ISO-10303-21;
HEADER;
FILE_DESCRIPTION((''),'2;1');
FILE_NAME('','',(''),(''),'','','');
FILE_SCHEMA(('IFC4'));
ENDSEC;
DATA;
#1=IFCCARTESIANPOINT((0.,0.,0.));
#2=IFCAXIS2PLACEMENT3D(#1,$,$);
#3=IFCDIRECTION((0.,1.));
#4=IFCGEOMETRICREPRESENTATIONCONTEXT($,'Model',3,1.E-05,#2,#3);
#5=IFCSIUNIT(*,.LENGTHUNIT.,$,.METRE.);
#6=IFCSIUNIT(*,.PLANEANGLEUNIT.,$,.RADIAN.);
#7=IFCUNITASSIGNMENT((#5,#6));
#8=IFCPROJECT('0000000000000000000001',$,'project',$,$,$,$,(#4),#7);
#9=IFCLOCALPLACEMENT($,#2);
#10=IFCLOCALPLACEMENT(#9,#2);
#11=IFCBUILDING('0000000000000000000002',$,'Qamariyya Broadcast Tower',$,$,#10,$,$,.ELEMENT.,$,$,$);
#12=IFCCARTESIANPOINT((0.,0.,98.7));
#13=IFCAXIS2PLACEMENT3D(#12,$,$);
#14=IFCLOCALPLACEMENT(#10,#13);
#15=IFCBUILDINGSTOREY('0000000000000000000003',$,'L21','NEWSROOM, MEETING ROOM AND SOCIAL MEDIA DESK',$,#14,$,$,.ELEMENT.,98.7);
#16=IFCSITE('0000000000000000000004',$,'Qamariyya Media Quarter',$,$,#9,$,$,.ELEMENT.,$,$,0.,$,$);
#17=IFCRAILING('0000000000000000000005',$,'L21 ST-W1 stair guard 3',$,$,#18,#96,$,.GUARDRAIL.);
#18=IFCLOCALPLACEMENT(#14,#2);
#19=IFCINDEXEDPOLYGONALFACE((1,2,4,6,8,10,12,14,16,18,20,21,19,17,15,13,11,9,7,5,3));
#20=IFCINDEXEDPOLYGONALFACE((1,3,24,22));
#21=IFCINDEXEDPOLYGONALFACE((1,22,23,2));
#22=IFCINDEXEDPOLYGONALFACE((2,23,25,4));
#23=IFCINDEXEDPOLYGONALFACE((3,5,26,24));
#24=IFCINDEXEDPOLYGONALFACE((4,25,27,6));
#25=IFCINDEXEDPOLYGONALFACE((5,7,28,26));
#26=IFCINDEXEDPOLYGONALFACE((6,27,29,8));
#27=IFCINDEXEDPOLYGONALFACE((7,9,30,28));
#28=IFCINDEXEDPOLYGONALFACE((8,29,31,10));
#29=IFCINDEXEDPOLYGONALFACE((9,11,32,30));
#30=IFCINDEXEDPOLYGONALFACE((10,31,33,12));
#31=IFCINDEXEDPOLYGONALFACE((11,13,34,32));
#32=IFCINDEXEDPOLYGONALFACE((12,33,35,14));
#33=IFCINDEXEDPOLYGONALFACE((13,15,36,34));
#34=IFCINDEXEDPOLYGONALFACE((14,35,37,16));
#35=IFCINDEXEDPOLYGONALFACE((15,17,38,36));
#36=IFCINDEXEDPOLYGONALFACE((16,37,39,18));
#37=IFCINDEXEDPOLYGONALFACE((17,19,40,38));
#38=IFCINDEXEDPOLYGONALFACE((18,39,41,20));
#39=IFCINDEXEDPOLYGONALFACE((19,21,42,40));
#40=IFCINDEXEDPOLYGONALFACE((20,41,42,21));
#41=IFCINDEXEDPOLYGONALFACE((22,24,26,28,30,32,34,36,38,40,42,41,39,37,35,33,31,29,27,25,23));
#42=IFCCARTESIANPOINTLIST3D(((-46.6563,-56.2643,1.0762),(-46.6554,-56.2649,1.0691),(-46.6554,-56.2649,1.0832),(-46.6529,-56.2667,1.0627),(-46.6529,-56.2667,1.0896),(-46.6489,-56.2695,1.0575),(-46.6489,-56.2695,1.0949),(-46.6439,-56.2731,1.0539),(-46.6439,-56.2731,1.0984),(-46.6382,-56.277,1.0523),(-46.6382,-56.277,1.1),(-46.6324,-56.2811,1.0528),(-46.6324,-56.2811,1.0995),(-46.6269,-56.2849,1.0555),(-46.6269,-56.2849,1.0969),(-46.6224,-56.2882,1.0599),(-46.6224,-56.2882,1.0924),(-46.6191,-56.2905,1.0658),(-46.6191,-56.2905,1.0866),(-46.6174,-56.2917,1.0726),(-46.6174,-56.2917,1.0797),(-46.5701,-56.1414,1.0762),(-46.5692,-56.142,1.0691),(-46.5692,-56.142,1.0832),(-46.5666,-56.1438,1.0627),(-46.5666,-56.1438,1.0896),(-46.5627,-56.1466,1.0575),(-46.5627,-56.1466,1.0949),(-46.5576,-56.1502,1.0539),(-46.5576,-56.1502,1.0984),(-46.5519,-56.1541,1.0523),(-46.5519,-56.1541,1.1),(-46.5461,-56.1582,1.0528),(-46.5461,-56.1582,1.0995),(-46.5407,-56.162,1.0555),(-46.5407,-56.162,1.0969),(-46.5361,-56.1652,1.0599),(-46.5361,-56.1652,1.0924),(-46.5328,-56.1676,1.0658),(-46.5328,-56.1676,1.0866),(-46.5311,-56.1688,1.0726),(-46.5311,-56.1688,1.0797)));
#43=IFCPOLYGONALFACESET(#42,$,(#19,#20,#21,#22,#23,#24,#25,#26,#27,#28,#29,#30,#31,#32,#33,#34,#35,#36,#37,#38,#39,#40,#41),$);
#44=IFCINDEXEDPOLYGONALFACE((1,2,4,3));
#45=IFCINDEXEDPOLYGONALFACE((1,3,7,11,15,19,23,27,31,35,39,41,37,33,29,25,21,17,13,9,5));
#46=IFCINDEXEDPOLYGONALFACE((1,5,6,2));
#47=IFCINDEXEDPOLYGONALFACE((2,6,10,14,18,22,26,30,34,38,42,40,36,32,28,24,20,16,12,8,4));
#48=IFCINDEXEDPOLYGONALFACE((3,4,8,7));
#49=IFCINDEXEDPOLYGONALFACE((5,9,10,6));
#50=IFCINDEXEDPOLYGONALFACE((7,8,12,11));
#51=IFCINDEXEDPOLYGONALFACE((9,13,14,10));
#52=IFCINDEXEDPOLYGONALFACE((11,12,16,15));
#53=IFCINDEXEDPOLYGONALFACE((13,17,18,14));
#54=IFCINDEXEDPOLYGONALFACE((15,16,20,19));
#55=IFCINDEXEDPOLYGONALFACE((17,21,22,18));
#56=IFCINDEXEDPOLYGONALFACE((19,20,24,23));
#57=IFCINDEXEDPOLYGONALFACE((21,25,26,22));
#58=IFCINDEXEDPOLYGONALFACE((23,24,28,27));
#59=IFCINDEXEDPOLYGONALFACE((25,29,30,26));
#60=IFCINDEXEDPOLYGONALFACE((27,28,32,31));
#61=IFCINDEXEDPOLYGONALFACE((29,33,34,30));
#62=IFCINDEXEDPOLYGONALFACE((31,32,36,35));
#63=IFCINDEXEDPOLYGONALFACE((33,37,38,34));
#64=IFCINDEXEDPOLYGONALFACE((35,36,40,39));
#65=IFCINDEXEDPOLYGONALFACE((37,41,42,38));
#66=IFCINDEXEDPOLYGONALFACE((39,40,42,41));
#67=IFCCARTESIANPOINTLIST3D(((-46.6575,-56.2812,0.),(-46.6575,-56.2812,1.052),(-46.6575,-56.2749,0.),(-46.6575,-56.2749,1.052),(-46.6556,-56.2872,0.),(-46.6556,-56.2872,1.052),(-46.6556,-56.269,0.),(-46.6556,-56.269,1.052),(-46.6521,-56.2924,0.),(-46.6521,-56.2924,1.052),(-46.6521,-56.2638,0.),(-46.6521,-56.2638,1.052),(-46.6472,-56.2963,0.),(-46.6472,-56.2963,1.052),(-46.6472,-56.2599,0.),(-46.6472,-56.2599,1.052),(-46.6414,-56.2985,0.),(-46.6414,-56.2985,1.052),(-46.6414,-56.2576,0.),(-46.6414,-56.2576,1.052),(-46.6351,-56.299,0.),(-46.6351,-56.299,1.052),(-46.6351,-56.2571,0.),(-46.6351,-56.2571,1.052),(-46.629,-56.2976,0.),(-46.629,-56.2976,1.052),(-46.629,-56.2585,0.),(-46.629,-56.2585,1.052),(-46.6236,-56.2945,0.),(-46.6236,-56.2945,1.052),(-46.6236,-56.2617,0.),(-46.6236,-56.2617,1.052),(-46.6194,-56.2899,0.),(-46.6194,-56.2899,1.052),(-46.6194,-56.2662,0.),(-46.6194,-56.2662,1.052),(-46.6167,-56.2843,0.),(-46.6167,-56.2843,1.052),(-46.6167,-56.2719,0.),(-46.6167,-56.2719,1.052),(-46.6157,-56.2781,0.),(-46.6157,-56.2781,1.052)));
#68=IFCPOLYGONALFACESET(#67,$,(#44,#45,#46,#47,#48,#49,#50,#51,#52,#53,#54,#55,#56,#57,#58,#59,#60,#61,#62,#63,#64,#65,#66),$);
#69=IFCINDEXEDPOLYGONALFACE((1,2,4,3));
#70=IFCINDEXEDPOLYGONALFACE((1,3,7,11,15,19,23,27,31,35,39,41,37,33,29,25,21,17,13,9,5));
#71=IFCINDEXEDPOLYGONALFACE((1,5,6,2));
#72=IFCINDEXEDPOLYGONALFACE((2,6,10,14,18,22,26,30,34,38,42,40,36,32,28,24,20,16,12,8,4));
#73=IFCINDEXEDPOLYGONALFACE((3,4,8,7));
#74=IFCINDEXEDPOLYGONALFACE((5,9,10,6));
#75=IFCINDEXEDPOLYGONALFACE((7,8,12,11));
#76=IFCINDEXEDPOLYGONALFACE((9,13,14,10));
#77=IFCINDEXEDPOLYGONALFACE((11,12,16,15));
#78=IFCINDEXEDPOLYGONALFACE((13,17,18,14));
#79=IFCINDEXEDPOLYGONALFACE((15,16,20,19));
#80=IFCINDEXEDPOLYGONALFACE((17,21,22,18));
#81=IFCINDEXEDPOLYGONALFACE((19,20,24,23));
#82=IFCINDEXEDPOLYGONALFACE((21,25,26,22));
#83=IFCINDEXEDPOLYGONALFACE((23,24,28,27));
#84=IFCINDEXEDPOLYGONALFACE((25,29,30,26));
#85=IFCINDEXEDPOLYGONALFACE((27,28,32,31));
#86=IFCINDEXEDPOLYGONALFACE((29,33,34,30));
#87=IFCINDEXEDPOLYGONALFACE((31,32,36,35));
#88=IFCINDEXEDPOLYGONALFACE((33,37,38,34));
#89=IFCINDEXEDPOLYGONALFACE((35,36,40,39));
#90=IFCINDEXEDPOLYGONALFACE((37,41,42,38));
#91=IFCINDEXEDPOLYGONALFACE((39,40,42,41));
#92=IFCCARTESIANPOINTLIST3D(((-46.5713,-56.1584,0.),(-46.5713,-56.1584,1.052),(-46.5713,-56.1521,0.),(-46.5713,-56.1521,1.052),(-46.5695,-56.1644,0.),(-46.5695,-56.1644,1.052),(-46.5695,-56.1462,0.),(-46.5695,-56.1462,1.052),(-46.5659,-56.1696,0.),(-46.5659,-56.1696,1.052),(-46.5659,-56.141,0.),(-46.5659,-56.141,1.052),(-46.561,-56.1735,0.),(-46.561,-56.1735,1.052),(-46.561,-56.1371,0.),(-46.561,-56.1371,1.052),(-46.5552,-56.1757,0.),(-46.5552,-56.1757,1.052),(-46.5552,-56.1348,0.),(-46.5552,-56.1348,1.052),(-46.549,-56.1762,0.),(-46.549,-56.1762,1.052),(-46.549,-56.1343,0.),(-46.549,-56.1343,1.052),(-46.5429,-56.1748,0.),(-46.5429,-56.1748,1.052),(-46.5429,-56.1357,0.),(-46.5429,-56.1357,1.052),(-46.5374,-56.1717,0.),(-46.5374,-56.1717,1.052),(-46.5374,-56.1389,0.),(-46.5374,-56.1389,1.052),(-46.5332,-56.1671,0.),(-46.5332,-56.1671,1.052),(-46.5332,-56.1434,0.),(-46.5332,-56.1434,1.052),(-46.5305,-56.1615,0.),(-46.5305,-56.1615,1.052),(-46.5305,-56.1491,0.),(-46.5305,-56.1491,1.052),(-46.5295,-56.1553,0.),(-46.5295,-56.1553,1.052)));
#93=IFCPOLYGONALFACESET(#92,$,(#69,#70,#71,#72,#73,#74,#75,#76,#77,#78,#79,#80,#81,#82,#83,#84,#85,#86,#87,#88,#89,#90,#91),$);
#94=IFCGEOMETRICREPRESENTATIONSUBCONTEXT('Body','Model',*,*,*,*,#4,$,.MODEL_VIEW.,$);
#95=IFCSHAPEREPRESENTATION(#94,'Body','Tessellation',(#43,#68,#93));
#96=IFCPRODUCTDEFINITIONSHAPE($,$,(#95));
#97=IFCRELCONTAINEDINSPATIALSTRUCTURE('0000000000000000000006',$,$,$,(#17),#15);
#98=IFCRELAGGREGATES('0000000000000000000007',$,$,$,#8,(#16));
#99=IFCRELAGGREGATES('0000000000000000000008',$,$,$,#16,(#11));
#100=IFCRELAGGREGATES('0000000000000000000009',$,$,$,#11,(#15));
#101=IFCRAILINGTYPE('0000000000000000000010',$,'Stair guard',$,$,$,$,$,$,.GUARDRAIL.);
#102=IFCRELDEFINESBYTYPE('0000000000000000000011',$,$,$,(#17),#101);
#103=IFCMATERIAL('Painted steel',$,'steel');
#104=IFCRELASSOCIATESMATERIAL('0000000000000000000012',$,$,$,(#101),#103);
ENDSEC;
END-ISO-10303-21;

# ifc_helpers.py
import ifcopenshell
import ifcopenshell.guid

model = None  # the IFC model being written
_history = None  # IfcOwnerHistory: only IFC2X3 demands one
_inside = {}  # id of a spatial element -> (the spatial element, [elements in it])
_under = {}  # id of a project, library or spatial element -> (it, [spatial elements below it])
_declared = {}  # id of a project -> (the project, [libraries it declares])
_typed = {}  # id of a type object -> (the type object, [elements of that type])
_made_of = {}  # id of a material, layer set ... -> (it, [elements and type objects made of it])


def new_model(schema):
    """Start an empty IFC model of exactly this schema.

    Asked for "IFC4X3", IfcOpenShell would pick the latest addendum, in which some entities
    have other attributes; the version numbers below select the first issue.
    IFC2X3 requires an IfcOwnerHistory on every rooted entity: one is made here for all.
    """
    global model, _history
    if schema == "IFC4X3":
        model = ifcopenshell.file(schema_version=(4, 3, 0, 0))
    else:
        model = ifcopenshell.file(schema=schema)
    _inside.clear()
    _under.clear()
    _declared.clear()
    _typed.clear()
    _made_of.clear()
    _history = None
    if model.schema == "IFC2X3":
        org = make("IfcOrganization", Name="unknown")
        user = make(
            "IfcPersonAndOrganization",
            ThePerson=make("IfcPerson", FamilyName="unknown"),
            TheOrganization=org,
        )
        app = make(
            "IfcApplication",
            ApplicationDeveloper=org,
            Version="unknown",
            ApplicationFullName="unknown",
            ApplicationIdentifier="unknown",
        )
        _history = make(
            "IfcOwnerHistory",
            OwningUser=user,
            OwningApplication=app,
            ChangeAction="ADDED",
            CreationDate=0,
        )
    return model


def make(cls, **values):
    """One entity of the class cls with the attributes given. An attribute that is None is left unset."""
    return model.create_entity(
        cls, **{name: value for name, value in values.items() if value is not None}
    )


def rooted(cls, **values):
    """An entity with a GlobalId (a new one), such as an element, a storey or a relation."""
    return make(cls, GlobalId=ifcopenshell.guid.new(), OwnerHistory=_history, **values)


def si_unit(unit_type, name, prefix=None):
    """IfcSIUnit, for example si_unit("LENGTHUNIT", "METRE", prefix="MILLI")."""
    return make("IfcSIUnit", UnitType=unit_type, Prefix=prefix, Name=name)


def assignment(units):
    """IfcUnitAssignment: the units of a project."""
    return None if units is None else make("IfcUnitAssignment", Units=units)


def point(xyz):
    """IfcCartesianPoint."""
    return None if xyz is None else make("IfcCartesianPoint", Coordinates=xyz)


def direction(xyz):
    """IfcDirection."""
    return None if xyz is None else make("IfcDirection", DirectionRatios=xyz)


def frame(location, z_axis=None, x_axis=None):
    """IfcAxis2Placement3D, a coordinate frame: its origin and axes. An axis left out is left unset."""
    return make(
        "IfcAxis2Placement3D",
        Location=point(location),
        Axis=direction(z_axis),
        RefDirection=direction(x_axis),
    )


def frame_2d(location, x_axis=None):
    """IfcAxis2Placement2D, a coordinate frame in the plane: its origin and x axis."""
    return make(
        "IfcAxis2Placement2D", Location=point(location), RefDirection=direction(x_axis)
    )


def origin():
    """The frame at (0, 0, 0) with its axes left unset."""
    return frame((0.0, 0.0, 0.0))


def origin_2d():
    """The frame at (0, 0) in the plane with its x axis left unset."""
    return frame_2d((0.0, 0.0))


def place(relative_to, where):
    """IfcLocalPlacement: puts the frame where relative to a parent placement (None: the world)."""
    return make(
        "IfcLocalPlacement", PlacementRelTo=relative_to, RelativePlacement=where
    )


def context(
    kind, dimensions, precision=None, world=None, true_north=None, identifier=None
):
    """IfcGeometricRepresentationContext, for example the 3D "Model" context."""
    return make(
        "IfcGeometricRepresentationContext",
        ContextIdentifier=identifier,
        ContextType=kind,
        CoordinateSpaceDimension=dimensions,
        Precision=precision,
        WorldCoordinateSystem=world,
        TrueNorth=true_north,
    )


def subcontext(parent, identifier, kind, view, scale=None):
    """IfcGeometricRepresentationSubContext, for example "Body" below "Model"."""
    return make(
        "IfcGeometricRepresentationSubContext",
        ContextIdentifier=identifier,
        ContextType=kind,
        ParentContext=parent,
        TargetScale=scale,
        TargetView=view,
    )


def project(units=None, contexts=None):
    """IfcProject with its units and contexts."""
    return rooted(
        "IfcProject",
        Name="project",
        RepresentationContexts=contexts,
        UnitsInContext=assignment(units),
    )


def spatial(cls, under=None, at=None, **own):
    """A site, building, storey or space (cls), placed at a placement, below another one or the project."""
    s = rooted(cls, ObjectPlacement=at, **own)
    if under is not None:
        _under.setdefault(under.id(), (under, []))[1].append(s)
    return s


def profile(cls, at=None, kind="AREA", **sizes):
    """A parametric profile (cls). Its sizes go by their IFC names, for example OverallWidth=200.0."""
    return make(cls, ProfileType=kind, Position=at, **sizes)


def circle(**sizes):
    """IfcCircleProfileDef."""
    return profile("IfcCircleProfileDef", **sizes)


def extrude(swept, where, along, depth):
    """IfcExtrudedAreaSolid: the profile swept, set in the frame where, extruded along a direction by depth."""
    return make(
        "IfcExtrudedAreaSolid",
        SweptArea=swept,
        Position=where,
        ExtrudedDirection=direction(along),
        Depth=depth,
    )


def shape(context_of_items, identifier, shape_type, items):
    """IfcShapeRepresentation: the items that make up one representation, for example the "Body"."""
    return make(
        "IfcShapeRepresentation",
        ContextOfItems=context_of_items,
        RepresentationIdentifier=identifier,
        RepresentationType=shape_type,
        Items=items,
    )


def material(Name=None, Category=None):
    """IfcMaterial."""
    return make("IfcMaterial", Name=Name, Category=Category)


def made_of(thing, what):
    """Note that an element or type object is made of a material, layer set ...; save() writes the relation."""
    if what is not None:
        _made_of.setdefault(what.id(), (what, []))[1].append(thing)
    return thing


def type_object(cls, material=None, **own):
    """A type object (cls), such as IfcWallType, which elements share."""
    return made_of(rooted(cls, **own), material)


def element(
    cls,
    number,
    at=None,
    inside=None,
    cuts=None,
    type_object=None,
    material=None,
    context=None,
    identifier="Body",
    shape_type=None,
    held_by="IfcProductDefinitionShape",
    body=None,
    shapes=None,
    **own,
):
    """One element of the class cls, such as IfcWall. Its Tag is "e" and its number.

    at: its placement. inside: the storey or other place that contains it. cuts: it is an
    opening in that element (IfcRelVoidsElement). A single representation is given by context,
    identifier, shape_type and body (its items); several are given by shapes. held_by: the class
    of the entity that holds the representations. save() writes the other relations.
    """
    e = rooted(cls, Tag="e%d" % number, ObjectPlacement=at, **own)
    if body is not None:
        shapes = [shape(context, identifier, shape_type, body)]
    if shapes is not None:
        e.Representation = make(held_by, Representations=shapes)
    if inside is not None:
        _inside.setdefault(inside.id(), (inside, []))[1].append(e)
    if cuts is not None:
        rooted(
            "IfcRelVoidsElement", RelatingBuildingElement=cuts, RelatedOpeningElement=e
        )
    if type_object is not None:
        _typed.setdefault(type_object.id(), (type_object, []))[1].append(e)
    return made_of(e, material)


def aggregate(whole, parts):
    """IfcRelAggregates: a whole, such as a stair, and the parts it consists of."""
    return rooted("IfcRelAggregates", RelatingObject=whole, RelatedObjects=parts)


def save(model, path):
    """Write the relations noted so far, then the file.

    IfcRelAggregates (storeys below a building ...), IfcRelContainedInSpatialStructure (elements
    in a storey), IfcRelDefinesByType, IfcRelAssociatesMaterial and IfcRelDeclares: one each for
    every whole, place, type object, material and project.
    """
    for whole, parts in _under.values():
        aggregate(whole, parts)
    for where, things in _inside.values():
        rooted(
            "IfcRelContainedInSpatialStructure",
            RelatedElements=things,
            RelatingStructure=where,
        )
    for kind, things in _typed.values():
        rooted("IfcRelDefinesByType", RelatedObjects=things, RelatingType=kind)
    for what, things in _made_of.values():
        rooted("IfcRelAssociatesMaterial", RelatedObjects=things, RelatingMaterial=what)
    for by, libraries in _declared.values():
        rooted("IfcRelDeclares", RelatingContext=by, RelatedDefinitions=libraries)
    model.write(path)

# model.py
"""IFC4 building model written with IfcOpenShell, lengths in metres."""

from ifc_helpers import new_model, si_unit, direction, frame, origin, origin_2d, place, context, subcontext, project, spatial, circle, extrude, material, type_object, element, save


model = new_model("IFC4")

# Units and contexts
model_context = context("Model", 3, precision=1e-05, world=origin(), true_north=direction((0.0, 1.0)))
body_context = subcontext(model_context, "Body", "Model", "MODEL_VIEW")
ifc_project = project(units=[si_unit("LENGTHUNIT", "METRE"), si_unit("PLANEANGLEUNIT", "RADIAN")], contexts=[model_context])

# Site, building, storey
site_placement = place(None, origin())
site = spatial("IfcSite", under=ifc_project, at=site_placement, Name="Qamariyya Media Quarter", CompositionType="ELEMENT", RefElevation=0.0)
building_placement = place(site_placement, origin())
building = spatial("IfcBuilding", under=site, at=building_placement, Name="Qamariyya Broadcast Tower", CompositionType="ELEMENT")
storey_placement = place(building_placement, frame((0.0, 0.0, 98.7)))
storey = spatial("IfcBuildingStorey", under=building, at=storey_placement, Name="L21", Description="NEWSROOM, MEETING ROOM AND SOCIAL MEDIA DESK", CompositionType="ELEMENT", Elevation=98.7)

# Railing
ifc_material_1 = material(Name="Painted steel", Category="steel")
railing_type_1 = type_object("IfcRailingType", Name="Stair guard", PredefinedType="GUARDRAIL", material=ifc_material_1)
railing_1_placement = place(storey_placement, frame((-46.6367, -56.2781, 0.0)))
element("IfcRailing", 1, at=railing_1_placement, inside=storey, type_object=railing_type_1, Name="L21 ST-W1 stair guard 3", PredefinedType="GUARDRAIL", context=body_context, shape_type="SweptSolid", body=[
    extrude(circle(Radius=0.0239, at=origin_2d()), frame((0.0, 0.0, 1.0762), z_axis=(0.574445, 0.818543, 0.0), x_axis=(-0.818543, 0.574445, 0.0)), (0.0, 0.0, 1.0), 0.1501),
    extrude(circle(Radius=0.021, at=origin_2d()), origin(), (0.0, 0.0, 1.0), 1.052),
    extrude(circle(Radius=0.021, at=origin_2d()), frame((0.0862, 0.1228, 0.0)), (0.0, 0.0, 1.0), 1.052),
])

save(model, "model.ifc")
